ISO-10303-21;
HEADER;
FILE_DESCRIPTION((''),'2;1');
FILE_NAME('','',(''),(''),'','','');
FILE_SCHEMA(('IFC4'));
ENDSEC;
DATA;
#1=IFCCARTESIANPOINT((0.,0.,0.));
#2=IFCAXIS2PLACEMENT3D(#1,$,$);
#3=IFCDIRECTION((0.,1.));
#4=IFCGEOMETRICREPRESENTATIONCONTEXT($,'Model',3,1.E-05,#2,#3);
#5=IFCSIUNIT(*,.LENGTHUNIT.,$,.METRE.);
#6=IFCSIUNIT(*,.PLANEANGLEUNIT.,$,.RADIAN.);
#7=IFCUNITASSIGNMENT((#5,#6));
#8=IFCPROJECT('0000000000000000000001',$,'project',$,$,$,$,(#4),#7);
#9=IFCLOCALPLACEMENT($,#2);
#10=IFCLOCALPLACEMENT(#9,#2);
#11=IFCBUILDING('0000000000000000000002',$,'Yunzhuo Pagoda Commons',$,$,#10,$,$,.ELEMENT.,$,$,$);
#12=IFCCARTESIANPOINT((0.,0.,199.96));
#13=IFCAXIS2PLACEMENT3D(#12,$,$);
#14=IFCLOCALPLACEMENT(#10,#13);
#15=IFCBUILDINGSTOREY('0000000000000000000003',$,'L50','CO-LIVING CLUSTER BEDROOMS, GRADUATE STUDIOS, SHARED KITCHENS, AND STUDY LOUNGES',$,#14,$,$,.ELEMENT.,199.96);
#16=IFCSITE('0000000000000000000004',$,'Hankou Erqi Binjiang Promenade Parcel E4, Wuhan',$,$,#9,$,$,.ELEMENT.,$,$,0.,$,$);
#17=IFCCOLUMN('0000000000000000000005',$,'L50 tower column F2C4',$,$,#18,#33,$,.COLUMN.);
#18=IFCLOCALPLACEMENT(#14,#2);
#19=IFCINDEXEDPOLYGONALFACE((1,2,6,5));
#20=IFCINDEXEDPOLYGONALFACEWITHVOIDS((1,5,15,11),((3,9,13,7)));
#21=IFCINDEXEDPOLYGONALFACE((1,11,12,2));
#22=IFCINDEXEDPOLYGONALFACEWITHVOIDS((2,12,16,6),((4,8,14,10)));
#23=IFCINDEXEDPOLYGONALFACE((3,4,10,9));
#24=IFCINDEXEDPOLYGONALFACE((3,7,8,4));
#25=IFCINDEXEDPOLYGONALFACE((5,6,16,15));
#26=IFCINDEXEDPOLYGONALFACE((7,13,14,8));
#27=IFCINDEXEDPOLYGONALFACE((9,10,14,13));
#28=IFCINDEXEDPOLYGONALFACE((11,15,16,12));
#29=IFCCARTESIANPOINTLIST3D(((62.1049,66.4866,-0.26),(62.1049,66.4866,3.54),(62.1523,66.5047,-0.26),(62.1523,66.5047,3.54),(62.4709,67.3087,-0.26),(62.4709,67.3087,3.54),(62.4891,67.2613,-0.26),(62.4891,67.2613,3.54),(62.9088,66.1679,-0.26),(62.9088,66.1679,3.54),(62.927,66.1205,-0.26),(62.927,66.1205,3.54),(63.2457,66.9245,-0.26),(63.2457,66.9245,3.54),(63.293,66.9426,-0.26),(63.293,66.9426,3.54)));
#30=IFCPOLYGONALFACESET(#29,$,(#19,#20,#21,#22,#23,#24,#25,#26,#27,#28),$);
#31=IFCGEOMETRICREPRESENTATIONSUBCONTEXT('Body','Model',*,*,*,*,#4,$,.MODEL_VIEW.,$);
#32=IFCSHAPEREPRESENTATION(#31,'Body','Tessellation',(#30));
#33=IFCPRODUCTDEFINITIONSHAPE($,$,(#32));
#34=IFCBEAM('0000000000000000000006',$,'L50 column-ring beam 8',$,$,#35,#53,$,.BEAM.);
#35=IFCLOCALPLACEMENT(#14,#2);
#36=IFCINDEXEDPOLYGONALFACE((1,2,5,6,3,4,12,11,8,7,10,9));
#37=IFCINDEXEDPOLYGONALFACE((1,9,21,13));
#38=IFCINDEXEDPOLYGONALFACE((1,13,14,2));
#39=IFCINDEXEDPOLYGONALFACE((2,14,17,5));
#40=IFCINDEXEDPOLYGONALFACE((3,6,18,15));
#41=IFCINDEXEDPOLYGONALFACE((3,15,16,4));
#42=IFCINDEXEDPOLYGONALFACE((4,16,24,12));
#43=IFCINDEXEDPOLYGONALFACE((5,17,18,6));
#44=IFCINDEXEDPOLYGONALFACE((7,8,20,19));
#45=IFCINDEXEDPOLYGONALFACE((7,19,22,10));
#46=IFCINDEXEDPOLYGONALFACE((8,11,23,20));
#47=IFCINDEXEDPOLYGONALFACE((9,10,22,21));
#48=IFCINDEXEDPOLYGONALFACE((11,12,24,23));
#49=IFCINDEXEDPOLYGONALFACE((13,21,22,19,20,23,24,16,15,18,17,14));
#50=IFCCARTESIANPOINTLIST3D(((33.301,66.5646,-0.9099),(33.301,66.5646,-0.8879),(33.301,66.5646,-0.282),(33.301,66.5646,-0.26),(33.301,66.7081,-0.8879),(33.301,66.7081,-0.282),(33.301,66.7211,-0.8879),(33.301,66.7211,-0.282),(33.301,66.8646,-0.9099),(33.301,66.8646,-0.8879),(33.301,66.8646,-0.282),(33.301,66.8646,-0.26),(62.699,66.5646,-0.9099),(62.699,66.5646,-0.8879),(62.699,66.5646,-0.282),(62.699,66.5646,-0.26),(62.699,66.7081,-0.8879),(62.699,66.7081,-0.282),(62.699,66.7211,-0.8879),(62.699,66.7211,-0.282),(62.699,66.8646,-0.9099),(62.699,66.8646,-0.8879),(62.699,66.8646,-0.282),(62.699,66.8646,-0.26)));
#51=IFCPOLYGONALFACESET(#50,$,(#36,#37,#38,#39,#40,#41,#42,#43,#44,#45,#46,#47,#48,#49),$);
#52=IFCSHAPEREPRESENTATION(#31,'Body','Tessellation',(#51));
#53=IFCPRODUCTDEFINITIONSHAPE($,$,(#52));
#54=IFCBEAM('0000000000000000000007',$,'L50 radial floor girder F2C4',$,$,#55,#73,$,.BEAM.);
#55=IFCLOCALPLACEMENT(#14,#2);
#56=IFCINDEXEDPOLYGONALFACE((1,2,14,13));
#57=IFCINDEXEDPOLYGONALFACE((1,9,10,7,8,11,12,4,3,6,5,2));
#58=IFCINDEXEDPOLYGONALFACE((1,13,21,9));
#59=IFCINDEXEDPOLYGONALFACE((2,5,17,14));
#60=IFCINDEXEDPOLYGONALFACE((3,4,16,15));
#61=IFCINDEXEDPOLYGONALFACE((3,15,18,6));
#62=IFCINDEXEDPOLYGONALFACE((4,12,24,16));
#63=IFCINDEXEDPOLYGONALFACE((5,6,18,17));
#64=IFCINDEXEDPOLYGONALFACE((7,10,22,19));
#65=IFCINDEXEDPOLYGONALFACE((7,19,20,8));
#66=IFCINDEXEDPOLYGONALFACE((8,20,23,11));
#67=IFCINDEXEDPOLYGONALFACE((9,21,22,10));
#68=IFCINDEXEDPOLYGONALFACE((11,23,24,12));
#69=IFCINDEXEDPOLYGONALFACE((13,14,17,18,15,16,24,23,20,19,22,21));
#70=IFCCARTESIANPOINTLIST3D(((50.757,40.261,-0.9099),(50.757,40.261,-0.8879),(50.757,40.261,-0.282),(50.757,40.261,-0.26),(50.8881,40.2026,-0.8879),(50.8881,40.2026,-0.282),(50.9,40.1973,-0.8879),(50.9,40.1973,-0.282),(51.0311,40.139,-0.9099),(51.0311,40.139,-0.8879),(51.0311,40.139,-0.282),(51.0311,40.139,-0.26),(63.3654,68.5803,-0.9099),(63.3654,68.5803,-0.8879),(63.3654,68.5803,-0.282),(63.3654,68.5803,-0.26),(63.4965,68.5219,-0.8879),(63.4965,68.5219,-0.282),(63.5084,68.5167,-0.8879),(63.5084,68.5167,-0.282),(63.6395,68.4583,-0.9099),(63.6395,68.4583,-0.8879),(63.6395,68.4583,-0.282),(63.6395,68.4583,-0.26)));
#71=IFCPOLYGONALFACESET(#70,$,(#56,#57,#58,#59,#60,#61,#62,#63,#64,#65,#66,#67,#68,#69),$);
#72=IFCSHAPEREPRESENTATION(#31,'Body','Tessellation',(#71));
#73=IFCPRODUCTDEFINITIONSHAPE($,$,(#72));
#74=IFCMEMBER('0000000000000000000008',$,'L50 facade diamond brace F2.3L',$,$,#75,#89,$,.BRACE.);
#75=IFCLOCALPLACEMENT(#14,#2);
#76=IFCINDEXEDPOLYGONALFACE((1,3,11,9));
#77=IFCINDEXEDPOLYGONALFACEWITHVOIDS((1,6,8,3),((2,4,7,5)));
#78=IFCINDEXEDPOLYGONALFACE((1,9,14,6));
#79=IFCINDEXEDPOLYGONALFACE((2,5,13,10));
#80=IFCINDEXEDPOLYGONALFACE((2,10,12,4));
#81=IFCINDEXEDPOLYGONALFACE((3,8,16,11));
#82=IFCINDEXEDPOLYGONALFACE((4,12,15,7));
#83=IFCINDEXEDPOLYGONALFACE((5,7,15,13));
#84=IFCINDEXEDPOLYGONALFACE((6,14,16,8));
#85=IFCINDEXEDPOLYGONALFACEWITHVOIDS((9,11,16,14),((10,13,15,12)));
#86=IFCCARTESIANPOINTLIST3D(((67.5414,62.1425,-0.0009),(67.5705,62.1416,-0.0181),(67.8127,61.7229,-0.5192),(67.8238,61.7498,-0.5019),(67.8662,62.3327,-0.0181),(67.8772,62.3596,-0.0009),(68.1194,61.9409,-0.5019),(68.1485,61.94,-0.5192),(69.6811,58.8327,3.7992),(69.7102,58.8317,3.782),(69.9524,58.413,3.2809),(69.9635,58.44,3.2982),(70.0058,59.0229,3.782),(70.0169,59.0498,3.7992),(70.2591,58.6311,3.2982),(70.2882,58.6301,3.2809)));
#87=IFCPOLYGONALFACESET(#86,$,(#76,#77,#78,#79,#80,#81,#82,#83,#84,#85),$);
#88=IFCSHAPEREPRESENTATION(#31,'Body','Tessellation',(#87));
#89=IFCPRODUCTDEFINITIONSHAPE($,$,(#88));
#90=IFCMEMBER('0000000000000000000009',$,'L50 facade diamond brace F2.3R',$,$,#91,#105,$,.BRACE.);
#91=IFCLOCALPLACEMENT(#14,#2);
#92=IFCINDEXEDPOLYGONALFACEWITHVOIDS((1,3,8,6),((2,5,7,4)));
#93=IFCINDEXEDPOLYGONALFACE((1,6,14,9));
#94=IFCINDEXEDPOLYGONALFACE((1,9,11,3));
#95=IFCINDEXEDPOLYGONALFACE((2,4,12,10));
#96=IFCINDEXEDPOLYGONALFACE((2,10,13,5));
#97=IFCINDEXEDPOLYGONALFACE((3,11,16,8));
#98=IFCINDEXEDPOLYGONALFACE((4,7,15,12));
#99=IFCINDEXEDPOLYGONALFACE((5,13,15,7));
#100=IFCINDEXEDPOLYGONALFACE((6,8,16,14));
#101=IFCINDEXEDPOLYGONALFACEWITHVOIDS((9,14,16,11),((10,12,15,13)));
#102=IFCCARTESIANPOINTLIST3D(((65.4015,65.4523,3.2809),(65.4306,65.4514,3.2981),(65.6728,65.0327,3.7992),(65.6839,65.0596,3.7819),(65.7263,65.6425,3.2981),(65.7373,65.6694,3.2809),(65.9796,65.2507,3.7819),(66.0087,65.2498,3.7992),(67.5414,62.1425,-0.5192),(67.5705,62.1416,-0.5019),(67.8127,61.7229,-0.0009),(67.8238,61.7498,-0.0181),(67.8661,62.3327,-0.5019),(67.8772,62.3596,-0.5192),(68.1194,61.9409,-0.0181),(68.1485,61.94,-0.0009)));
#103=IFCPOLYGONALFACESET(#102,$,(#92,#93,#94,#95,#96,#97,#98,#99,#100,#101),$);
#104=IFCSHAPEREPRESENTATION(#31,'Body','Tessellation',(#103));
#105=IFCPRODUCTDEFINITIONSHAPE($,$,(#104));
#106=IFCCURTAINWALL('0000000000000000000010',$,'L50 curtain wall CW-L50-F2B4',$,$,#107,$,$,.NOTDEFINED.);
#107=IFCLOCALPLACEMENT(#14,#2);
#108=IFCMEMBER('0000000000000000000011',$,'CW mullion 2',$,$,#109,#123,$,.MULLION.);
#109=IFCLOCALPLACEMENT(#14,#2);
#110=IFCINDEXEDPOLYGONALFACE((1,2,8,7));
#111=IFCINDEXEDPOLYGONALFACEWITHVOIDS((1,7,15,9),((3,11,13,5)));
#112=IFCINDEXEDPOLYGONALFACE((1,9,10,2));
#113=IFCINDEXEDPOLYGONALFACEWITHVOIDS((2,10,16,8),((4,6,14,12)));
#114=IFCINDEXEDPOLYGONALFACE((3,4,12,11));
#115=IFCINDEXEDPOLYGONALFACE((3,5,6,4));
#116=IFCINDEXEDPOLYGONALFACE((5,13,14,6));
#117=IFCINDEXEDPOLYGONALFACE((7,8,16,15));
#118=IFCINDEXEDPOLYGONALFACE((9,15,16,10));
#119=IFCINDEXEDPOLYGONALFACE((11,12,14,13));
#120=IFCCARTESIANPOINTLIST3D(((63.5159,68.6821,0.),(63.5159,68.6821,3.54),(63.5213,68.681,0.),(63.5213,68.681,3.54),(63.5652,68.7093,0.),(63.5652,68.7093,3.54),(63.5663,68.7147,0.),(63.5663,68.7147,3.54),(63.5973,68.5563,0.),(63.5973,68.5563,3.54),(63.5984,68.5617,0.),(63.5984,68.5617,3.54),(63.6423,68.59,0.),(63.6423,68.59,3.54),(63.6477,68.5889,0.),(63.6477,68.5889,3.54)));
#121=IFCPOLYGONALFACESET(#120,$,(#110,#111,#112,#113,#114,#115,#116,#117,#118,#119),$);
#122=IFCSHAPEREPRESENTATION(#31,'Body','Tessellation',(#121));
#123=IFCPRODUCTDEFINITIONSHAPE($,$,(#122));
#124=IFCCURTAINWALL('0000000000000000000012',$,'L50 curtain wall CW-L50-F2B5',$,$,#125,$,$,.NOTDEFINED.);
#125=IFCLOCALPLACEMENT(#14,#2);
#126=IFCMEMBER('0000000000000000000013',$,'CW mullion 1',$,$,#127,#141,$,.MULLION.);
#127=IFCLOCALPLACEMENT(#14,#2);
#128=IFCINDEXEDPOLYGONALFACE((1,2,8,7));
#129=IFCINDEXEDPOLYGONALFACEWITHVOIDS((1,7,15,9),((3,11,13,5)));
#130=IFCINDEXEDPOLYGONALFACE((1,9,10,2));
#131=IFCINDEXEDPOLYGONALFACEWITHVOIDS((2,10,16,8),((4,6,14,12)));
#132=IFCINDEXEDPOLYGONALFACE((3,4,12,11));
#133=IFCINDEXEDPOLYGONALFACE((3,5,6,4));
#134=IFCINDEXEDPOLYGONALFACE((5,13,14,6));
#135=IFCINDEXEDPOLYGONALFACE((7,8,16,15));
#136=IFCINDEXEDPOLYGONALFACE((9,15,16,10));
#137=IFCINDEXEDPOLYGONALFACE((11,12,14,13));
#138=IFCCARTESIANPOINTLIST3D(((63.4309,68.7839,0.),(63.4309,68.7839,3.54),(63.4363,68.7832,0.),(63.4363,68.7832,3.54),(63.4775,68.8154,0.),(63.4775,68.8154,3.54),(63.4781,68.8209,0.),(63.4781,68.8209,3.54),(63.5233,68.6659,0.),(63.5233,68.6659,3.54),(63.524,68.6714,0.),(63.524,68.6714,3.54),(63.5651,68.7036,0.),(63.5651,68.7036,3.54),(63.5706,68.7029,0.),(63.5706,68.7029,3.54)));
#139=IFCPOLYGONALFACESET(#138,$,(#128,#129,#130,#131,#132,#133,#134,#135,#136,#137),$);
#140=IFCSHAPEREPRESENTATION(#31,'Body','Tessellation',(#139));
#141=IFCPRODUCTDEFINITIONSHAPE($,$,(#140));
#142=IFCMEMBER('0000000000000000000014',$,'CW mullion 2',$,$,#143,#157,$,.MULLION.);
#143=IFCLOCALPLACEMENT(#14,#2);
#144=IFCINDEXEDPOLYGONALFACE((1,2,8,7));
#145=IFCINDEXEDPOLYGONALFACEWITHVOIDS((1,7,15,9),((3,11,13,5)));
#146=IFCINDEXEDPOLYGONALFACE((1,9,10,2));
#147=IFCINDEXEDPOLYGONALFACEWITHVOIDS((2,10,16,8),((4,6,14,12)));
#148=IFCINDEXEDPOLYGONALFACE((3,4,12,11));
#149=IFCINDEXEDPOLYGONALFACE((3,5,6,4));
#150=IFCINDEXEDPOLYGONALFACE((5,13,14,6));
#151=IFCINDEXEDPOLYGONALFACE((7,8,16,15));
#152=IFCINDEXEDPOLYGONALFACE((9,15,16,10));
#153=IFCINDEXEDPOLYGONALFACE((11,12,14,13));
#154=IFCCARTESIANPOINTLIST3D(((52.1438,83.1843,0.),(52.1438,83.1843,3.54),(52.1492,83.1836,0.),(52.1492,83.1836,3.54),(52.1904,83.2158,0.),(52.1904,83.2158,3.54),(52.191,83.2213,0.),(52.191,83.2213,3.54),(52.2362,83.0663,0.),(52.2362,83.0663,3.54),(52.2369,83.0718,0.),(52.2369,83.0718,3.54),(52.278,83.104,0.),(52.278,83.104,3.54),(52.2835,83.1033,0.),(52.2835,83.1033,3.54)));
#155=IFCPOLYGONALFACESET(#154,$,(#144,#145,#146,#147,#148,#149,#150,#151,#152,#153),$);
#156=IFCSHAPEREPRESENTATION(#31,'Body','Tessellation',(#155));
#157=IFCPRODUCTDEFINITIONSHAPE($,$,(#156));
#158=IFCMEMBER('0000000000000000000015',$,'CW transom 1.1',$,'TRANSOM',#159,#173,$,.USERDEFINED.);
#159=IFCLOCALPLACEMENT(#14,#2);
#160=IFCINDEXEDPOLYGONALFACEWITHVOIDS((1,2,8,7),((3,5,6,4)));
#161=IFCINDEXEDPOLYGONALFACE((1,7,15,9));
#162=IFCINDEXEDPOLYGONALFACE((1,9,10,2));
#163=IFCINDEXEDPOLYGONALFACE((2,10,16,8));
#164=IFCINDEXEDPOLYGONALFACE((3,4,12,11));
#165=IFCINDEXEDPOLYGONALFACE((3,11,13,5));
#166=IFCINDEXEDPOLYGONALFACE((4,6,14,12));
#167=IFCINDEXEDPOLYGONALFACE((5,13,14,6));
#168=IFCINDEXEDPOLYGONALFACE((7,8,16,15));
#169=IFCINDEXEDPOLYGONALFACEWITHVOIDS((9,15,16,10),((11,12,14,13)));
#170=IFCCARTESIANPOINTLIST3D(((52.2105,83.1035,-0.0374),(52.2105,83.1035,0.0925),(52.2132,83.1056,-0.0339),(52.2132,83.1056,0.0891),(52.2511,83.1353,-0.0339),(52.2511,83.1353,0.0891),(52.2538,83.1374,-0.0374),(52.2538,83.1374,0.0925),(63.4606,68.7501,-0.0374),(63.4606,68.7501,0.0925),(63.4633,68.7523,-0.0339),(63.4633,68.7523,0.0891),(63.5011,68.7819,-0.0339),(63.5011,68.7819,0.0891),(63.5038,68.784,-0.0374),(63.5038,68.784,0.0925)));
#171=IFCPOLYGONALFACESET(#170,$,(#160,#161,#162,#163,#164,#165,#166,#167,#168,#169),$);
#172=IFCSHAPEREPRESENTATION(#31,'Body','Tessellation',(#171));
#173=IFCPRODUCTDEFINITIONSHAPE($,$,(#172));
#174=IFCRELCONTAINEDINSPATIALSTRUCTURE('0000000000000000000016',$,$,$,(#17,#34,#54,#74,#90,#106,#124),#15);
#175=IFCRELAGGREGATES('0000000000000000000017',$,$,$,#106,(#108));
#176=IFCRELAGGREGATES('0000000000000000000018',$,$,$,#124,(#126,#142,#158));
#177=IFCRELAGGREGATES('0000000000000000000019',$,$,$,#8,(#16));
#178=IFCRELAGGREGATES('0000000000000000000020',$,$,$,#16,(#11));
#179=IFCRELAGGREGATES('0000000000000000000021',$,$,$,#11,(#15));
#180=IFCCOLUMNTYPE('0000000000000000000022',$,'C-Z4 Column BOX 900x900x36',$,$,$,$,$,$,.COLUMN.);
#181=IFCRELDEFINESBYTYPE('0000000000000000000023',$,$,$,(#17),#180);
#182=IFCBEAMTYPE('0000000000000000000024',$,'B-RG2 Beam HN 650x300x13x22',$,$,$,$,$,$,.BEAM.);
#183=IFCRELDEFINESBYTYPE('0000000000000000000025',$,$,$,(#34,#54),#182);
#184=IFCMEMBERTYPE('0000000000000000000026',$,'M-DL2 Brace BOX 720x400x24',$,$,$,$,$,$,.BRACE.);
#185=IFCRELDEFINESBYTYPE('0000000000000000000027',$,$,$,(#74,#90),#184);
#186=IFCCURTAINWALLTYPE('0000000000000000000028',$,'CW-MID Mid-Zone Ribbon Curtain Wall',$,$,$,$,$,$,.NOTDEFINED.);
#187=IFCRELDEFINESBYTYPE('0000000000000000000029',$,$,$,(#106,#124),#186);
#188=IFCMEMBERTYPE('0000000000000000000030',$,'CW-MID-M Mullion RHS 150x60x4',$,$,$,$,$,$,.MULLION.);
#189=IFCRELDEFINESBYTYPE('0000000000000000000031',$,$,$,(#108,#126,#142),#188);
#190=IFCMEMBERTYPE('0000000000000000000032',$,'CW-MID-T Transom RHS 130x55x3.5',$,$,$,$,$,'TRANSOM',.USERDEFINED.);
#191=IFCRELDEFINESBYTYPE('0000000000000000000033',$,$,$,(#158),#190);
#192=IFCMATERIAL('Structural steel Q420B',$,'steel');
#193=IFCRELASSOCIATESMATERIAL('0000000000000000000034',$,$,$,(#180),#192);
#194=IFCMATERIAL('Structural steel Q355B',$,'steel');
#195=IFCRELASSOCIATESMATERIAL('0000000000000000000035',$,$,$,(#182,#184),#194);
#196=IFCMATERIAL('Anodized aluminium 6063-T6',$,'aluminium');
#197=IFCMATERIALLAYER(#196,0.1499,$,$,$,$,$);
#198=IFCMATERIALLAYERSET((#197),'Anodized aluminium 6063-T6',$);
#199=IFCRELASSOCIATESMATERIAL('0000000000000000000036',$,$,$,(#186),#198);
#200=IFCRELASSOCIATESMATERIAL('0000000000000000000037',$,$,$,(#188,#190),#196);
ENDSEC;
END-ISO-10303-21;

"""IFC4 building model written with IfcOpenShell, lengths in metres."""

from ifc_helpers import new_model, si_unit, direction, frame, origin, origin_2d, place, context, subcontext, project, spatial, hollow_rectangle, i_section, extrude, source, transform, mapped, material, layer, layer_set, material_profile, profile_set, type_object, element, aggregate, save


model = new_model("IFC4")

# Units and contexts
model_context = context("Model", 3, precision=1e-05, world=origin(), true_north=direction((0.0, 1.0)))
body_context = subcontext(model_context, "Body", "Model", "MODEL_VIEW")
ifc_project = project(units=[si_unit("LENGTHUNIT", "METRE"), si_unit("PLANEANGLEUNIT", "RADIAN")], contexts=[model_context])

# Site, building, storey
site_placement = place(None, origin())
site = spatial("IfcSite", under=ifc_project, at=site_placement, Name="Hankou Erqi Binjiang Promenade Parcel E4, Wuhan", CompositionType="ELEMENT", RefElevation=0.0)
building_placement = place(site_placement, origin())
building = spatial("IfcBuilding", under=site, at=building_placement, Name="Yunzhuo Pagoda Commons", CompositionType="ELEMENT")
storey_placement = place(building_placement, frame((0.0, 0.0, 199.96)))
storey = spatial("IfcBuildingStorey", under=building, at=storey_placement, Name="L50", Description="CO-LIVING CLUSTER BEDROOMS, GRADUATE STUDIOS, SHARED KITCHENS, AND STUDY LOUNGES", CompositionType="ELEMENT", Elevation=199.96)

# Column
ifc_material_1 = material(Name="Structural steel Q420B", Category="steel")
ifc_material_profile_1 = material_profile(ifc_material_1, hollow_rectangle(XDim=0.8999, YDim=0.8999, WallThickness=0.0359, at=origin_2d()), Name="Structural steel Q420B")
ifc_profile_set_1 = profile_set([ifc_material_profile_1], Name="Structural steel Q420B")
column_type = type_object("IfcColumnType", Name="C-Z4 Column BOX 900x900x36", PredefinedType="COLUMN", material=ifc_profile_set_1)
shared_shape_1 = source(origin(), body_context, "Body", "SweptSolid", [
    extrude(hollow_rectangle(XDim=0.8999, YDim=0.8999, WallThickness=0.0359, at=origin_2d()), origin(), (0.0, 0.0, 1.0), 3.8),
])
column_placement = place(storey_placement, frame((62.699, 66.7146, -0.26), z_axis=(0.0, 0.0, 1.0), x_axis=(-0.913545, 0.406737, 0.0)))
element("IfcColumn", 1, at=column_placement, inside=storey, type_object=column_type, Name="L50 tower column F2C4", PredefinedType="COLUMN", context=body_context, shape_type="MappedRepresentation", body=[
    mapped(shared_shape_1, transform((0.0, 0.0, 0.0), scale=1.0)),
])

# Beams
ifc_material_2 = material(Name="Structural steel Q355B", Category="steel")
ifc_material_profile_2 = material_profile(ifc_material_2, i_section(OverallWidth=0.3, OverallDepth=0.6499, WebThickness=0.0129, FlangeThickness=0.022, at=origin_2d()), Name="Structural steel Q355B")
ifc_profile_set_2 = profile_set([ifc_material_profile_2], Name="Structural steel Q355B")
beam_type = type_object("IfcBeamType", Name="B-RG2 Beam HN 650x300x13x22", PredefinedType="BEAM", material=ifc_profile_set_2)
shared_shape_2 = source(origin(), body_context, "Body", "SweptSolid", [
    extrude(i_section(OverallWidth=0.3, OverallDepth=0.6499, WebThickness=0.0129, FlangeThickness=0.022, at=origin_2d()), origin(), (0.0, 0.0, 1.0), 29.3979),
])
beam_1_placement = place(storey_placement, frame((62.699, 66.7146, -0.585), z_axis=(-1.0, 0.0, 0.0), x_axis=(0.0, -1.0, 0.0)))
element("IfcBeam", 2, at=beam_1_placement, inside=storey, type_object=beam_type, Name="L50 column-ring beam 8", PredefinedType="BEAM", context=body_context, shape_type="MappedRepresentation", body=[
    mapped(shared_shape_2, transform((0.0, 0.0, 0.0), scale=1.0)),
])
shared_shape_3 = source(origin(), body_context, "Body", "SweptSolid", [
    extrude(i_section(OverallWidth=0.3, OverallDepth=0.6499, WebThickness=0.0129, FlangeThickness=0.022, at=origin_2d()), origin(), (0.0, 0.0, 1.0), 30.9993),
])
beam_2_placement = place(storey_placement, frame((63.5024, 68.5193, -0.585), z_axis=(-0.406732, -0.913548, 0.0), x_axis=(0.913548, -0.406732, 0.0)))
element("IfcBeam", 3, at=beam_2_placement, inside=storey, type_object=beam_type, Name="L50 radial floor girder F2C4", PredefinedType="BEAM", context=body_context, shape_type="MappedRepresentation", body=[
    mapped(shared_shape_3, transform((0.0, 0.0, 0.0), scale=1.0)),
])

# Members
ifc_material_profile_3 = material_profile(ifc_material_2, hollow_rectangle(XDim=0.3999, YDim=0.72, WallThickness=0.0239, at=origin_2d()), Name="Structural steel Q355B")
ifc_profile_set_3 = profile_set([ifc_material_profile_3], Name="Structural steel Q355B")
member_type_1 = type_object("IfcMemberType", Name="M-DL2 Brace BOX 720x400x24", PredefinedType="BRACE", material=ifc_profile_set_3)
shared_shape_4 = source(origin(), body_context, "Body", "SweptSolid", [
    extrude(hollow_rectangle(XDim=0.3999, YDim=0.72, WallThickness=0.0239, at=origin_2d()), origin(), (0.0, 0.0, 1.0), 5.4749),
])
for number, where, z_axis, x_axis, name in (
    (4, (67.845, 62.0413, -0.26), (0.390818, -0.604555, 0.694099), (0.839801, 0.542894, 0.0), "L50 facade diamond brace F2.3L"),
    (5, (67.845, 62.0413, -0.26), (-0.390856, 0.604545, 0.694087), (-0.839773, -0.542938, 0.0), "L50 facade diamond brace F2.3R"),
):
    element("IfcMember", number, at=place(storey_placement, frame(where, z_axis=z_axis, x_axis=x_axis)), inside=storey, type_object=member_type_1, Name=name, PredefinedType="BRACE", context=body_context, shape_type="MappedRepresentation", body=[
        mapped(shared_shape_4, transform((0.0, 0.0, 0.0), scale=1.0)),
    ])

# Curtain wall, member
ifc_material_3 = material(Name="Anodized aluminium 6063-T6", Category="aluminium")
ifc_layer_1 = layer(ifc_material_3, 0.1499)
ifc_layer_set_1 = layer_set([ifc_layer_1], Name="Anodized aluminium 6063-T6")
curtain_wall_type = type_object("IfcCurtainWallType", Name="CW-MID Mid-Zone Ribbon Curtain Wall", PredefinedType="NOTDEFINED", material=ifc_layer_set_1)
curtain_wall_1_placement = place(storey_placement, origin())
curtain_wall_1 = element("IfcCurtainWall", 6, at=curtain_wall_1_placement, inside=storey, type_object=curtain_wall_type, Name="L50 curtain wall CW-L50-F2B4", PredefinedType="NOTDEFINED")
ifc_material_profile_4 = material_profile(ifc_material_3, hollow_rectangle(XDim=0.0601, YDim=0.1499, WallThickness=0.0039, at=origin_2d()), Name="Anodized aluminium 6063-T6")
ifc_profile_set_4 = profile_set([ifc_material_profile_4], Name="Anodized aluminium 6063-T6")
member_type_2 = type_object("IfcMemberType", Name="CW-MID-M Mullion RHS 150x60x4", PredefinedType="MULLION", material=ifc_profile_set_4)
shared_shape_5 = source(origin(), body_context, "Body", "SweptSolid", [
    extrude(hollow_rectangle(XDim=0.0601, YDim=0.1499, WallThickness=0.0039, at=origin_2d()), origin(), (0.0, 0.0, 1.0), 3.54),
])
member_1_placement = place(storey_placement, frame((63.5818, 68.6355, 0.0), z_axis=(0.0, 0.0, 1.0), x_axis=(-0.839794, -0.542905, 0.0)))
member_1 = element("IfcMember", 7, at=member_1_placement, type_object=member_type_2, Name="CW mullion 2", PredefinedType="MULLION", context=body_context, shape_type="MappedRepresentation", body=[
    mapped(shared_shape_5, transform((0.0, 0.0, 0.0), scale=1.0)),
])

# Curtain wall, members
curtain_wall_2_placement = place(storey_placement, origin())
curtain_wall_2 = element("IfcCurtainWall", 8, at=curtain_wall_2_placement, inside=storey, type_object=curtain_wall_type, Name="L50 curtain wall CW-L50-F2B5", PredefinedType="NOTDEFINED")
member_2_placement = place(storey_placement, frame((63.5007, 68.7434, 0.0), z_axis=(0.0, 0.0, 1.0), x_axis=(-0.78705, -0.616889, 0.0)))
member_2 = element("IfcMember", 9, at=member_2_placement, type_object=member_type_2, Name="CW mullion 1", PredefinedType="MULLION", context=body_context, shape_type="MappedRepresentation", body=[
    mapped(shared_shape_5, transform((0.0, 0.0, 0.0), scale=1.0)),
])
member_3_placement = place(storey_placement, frame((52.2136, 83.1438, 0.0), z_axis=(0.0, 0.0, 1.0), x_axis=(-0.78705, -0.616889, 0.0)))
member_3 = element("IfcMember", 10, at=member_3_placement, type_object=member_type_2, Name="CW mullion 2", PredefinedType="MULLION", context=body_context, shape_type="MappedRepresentation", body=[
    mapped(shared_shape_5, transform((0.0, 0.0, 0.0), scale=1.0)),
])
ifc_material_profile_5 = material_profile(ifc_material_3, hollow_rectangle(XDim=0.0549, YDim=0.1299, WallThickness=0.0034, at=origin_2d()), Name="Anodized aluminium 6063-T6")
ifc_profile_set_5 = profile_set([ifc_material_profile_5], Name="Anodized aluminium 6063-T6")
member_type_3 = type_object("IfcMemberType", Name="CW-MID-T Transom RHS 130x55x3.5", ElementType="TRANSOM", PredefinedType="USERDEFINED", material=ifc_profile_set_5)
shared_shape_6 = source(origin(), body_context, "Body", "SweptSolid", [
    extrude(hollow_rectangle(XDim=0.0549, YDim=0.1299, WallThickness=0.0034, at=origin_2d()), origin(), (0.0, 0.0, 1.0), 18.2368),
])
member_4_placement = place(storey_placement, frame((63.4822, 68.7671, 0.0276), z_axis=(-0.616886, 0.787052, 0.0), x_axis=(-0.787052, -0.616886, 0.0)))
member_4 = element("IfcMember", 11, at=member_4_placement, type_object=member_type_3, Name="CW transom 1.1", ObjectType="TRANSOM", PredefinedType="USERDEFINED", context=body_context, shape_type="MappedRepresentation", body=[
    mapped(shared_shape_6, transform((0.0, 0.0, 0.0), scale=1.0)),
])

aggregate(curtain_wall_1, [member_1])

aggregate(curtain_wall_2, [member_2, member_3, member_4])

save(model, "model.ifc")
